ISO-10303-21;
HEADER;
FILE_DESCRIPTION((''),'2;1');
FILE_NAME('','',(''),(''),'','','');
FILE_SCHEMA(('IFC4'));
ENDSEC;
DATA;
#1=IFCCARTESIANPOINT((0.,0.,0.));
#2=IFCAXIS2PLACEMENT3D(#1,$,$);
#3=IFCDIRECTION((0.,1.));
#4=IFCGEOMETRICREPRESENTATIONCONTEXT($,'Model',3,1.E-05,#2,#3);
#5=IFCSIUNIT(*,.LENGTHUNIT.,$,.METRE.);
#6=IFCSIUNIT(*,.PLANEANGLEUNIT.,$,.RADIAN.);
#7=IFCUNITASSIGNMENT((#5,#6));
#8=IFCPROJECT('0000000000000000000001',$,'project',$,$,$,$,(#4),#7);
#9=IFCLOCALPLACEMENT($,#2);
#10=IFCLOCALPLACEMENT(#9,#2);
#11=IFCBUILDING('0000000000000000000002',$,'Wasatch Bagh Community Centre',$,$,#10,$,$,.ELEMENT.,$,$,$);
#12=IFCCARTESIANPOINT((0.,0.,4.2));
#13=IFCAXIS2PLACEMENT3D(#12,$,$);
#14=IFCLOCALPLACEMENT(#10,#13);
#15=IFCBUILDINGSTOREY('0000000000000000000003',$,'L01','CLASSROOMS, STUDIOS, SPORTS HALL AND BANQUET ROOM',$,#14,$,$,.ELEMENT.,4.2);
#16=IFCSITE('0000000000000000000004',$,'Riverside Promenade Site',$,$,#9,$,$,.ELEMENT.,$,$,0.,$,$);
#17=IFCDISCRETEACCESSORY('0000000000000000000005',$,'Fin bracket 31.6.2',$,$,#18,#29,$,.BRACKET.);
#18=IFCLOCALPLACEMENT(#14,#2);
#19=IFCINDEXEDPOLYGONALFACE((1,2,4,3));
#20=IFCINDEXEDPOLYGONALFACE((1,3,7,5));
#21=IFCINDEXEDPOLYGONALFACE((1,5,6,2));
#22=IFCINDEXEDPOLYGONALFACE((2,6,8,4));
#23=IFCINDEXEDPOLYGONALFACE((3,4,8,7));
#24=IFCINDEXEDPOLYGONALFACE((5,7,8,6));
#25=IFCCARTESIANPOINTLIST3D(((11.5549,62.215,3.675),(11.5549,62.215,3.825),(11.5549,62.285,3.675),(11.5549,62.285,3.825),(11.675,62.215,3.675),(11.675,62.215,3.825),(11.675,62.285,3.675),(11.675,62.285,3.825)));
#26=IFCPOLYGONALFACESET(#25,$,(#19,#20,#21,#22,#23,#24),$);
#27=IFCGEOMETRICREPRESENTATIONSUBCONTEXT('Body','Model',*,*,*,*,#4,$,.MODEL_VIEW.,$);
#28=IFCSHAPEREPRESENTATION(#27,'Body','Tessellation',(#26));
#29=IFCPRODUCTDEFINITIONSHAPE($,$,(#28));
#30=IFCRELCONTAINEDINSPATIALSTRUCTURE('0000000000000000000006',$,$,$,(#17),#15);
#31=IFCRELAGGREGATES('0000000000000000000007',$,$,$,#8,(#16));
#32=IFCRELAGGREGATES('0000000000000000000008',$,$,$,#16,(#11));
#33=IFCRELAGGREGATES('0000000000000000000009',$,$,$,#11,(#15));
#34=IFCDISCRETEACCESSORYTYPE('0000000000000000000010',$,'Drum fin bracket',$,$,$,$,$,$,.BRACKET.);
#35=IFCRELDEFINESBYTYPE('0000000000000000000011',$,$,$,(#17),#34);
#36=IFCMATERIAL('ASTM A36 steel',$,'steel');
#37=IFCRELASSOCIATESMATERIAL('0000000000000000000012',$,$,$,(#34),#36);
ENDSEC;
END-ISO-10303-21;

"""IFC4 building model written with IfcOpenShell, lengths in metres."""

from ifc_helpers import new_model, si_unit, direction, frame, origin, origin_2d, place, context, subcontext, project, spatial, rectangle, extrude, material, type_object, element, save


model = new_model("IFC4")

# Units and contexts
model_context = context("Model", 3, precision=1e-05, world=origin(), true_north=direction((0.0, 1.0)))
body_context = subcontext(model_context, "Body", "Model", "MODEL_VIEW")
ifc_project = project(units=[si_unit("LENGTHUNIT", "METRE"), si_unit("PLANEANGLEUNIT", "RADIAN")], contexts=[model_context])

# Site, building, storey
site_placement = place(None, origin())
site = spatial("IfcSite", under=ifc_project, at=site_placement, Name="Riverside Promenade Site", CompositionType="ELEMENT", RefElevation=0.0)
building_placement = place(site_placement, origin())
building = spatial("IfcBuilding", under=site, at=building_placement, Name="Wasatch Bagh Community Centre", CompositionType="ELEMENT")
storey_placement = place(building_placement, frame((0.0, 0.0, 4.2)))
storey = spatial("IfcBuildingStorey", under=building, at=storey_placement, Name="L01", Description="CLASSROOMS, STUDIOS, SPORTS HALL AND BANQUET ROOM", CompositionType="ELEMENT", Elevation=4.2)

# Discrete accessory
ifc_material_1 = material(Name="ASTM A36 steel", Category="steel")
discrete_accessory_type = type_object("IfcDiscreteAccessoryType", Name="Drum fin bracket", PredefinedType="BRACKET", material=ifc_material_1)
for number, where, z_axis, x_axis, name in (
    (1, (11.615, 62.25, 3.675), (0.0, 0.0, 1.0), (0.0, -1.0, 0.0), "Fin bracket 31.6.2"),
):
    element("IfcDiscreteAccessory", number, at=place(storey_placement, frame(where, z_axis=z_axis, x_axis=x_axis)), inside=storey, type_object=discrete_accessory_type, Name=name, PredefinedType="BRACKET", context=body_context, shape_type="SweptSolid", body=[
        extrude(rectangle(XDim=0.0701, YDim=0.1201, at=origin_2d()), origin(), (0.0, 0.0, 1.0), 0.1499),
    ])

save(model, "model.ifc")
